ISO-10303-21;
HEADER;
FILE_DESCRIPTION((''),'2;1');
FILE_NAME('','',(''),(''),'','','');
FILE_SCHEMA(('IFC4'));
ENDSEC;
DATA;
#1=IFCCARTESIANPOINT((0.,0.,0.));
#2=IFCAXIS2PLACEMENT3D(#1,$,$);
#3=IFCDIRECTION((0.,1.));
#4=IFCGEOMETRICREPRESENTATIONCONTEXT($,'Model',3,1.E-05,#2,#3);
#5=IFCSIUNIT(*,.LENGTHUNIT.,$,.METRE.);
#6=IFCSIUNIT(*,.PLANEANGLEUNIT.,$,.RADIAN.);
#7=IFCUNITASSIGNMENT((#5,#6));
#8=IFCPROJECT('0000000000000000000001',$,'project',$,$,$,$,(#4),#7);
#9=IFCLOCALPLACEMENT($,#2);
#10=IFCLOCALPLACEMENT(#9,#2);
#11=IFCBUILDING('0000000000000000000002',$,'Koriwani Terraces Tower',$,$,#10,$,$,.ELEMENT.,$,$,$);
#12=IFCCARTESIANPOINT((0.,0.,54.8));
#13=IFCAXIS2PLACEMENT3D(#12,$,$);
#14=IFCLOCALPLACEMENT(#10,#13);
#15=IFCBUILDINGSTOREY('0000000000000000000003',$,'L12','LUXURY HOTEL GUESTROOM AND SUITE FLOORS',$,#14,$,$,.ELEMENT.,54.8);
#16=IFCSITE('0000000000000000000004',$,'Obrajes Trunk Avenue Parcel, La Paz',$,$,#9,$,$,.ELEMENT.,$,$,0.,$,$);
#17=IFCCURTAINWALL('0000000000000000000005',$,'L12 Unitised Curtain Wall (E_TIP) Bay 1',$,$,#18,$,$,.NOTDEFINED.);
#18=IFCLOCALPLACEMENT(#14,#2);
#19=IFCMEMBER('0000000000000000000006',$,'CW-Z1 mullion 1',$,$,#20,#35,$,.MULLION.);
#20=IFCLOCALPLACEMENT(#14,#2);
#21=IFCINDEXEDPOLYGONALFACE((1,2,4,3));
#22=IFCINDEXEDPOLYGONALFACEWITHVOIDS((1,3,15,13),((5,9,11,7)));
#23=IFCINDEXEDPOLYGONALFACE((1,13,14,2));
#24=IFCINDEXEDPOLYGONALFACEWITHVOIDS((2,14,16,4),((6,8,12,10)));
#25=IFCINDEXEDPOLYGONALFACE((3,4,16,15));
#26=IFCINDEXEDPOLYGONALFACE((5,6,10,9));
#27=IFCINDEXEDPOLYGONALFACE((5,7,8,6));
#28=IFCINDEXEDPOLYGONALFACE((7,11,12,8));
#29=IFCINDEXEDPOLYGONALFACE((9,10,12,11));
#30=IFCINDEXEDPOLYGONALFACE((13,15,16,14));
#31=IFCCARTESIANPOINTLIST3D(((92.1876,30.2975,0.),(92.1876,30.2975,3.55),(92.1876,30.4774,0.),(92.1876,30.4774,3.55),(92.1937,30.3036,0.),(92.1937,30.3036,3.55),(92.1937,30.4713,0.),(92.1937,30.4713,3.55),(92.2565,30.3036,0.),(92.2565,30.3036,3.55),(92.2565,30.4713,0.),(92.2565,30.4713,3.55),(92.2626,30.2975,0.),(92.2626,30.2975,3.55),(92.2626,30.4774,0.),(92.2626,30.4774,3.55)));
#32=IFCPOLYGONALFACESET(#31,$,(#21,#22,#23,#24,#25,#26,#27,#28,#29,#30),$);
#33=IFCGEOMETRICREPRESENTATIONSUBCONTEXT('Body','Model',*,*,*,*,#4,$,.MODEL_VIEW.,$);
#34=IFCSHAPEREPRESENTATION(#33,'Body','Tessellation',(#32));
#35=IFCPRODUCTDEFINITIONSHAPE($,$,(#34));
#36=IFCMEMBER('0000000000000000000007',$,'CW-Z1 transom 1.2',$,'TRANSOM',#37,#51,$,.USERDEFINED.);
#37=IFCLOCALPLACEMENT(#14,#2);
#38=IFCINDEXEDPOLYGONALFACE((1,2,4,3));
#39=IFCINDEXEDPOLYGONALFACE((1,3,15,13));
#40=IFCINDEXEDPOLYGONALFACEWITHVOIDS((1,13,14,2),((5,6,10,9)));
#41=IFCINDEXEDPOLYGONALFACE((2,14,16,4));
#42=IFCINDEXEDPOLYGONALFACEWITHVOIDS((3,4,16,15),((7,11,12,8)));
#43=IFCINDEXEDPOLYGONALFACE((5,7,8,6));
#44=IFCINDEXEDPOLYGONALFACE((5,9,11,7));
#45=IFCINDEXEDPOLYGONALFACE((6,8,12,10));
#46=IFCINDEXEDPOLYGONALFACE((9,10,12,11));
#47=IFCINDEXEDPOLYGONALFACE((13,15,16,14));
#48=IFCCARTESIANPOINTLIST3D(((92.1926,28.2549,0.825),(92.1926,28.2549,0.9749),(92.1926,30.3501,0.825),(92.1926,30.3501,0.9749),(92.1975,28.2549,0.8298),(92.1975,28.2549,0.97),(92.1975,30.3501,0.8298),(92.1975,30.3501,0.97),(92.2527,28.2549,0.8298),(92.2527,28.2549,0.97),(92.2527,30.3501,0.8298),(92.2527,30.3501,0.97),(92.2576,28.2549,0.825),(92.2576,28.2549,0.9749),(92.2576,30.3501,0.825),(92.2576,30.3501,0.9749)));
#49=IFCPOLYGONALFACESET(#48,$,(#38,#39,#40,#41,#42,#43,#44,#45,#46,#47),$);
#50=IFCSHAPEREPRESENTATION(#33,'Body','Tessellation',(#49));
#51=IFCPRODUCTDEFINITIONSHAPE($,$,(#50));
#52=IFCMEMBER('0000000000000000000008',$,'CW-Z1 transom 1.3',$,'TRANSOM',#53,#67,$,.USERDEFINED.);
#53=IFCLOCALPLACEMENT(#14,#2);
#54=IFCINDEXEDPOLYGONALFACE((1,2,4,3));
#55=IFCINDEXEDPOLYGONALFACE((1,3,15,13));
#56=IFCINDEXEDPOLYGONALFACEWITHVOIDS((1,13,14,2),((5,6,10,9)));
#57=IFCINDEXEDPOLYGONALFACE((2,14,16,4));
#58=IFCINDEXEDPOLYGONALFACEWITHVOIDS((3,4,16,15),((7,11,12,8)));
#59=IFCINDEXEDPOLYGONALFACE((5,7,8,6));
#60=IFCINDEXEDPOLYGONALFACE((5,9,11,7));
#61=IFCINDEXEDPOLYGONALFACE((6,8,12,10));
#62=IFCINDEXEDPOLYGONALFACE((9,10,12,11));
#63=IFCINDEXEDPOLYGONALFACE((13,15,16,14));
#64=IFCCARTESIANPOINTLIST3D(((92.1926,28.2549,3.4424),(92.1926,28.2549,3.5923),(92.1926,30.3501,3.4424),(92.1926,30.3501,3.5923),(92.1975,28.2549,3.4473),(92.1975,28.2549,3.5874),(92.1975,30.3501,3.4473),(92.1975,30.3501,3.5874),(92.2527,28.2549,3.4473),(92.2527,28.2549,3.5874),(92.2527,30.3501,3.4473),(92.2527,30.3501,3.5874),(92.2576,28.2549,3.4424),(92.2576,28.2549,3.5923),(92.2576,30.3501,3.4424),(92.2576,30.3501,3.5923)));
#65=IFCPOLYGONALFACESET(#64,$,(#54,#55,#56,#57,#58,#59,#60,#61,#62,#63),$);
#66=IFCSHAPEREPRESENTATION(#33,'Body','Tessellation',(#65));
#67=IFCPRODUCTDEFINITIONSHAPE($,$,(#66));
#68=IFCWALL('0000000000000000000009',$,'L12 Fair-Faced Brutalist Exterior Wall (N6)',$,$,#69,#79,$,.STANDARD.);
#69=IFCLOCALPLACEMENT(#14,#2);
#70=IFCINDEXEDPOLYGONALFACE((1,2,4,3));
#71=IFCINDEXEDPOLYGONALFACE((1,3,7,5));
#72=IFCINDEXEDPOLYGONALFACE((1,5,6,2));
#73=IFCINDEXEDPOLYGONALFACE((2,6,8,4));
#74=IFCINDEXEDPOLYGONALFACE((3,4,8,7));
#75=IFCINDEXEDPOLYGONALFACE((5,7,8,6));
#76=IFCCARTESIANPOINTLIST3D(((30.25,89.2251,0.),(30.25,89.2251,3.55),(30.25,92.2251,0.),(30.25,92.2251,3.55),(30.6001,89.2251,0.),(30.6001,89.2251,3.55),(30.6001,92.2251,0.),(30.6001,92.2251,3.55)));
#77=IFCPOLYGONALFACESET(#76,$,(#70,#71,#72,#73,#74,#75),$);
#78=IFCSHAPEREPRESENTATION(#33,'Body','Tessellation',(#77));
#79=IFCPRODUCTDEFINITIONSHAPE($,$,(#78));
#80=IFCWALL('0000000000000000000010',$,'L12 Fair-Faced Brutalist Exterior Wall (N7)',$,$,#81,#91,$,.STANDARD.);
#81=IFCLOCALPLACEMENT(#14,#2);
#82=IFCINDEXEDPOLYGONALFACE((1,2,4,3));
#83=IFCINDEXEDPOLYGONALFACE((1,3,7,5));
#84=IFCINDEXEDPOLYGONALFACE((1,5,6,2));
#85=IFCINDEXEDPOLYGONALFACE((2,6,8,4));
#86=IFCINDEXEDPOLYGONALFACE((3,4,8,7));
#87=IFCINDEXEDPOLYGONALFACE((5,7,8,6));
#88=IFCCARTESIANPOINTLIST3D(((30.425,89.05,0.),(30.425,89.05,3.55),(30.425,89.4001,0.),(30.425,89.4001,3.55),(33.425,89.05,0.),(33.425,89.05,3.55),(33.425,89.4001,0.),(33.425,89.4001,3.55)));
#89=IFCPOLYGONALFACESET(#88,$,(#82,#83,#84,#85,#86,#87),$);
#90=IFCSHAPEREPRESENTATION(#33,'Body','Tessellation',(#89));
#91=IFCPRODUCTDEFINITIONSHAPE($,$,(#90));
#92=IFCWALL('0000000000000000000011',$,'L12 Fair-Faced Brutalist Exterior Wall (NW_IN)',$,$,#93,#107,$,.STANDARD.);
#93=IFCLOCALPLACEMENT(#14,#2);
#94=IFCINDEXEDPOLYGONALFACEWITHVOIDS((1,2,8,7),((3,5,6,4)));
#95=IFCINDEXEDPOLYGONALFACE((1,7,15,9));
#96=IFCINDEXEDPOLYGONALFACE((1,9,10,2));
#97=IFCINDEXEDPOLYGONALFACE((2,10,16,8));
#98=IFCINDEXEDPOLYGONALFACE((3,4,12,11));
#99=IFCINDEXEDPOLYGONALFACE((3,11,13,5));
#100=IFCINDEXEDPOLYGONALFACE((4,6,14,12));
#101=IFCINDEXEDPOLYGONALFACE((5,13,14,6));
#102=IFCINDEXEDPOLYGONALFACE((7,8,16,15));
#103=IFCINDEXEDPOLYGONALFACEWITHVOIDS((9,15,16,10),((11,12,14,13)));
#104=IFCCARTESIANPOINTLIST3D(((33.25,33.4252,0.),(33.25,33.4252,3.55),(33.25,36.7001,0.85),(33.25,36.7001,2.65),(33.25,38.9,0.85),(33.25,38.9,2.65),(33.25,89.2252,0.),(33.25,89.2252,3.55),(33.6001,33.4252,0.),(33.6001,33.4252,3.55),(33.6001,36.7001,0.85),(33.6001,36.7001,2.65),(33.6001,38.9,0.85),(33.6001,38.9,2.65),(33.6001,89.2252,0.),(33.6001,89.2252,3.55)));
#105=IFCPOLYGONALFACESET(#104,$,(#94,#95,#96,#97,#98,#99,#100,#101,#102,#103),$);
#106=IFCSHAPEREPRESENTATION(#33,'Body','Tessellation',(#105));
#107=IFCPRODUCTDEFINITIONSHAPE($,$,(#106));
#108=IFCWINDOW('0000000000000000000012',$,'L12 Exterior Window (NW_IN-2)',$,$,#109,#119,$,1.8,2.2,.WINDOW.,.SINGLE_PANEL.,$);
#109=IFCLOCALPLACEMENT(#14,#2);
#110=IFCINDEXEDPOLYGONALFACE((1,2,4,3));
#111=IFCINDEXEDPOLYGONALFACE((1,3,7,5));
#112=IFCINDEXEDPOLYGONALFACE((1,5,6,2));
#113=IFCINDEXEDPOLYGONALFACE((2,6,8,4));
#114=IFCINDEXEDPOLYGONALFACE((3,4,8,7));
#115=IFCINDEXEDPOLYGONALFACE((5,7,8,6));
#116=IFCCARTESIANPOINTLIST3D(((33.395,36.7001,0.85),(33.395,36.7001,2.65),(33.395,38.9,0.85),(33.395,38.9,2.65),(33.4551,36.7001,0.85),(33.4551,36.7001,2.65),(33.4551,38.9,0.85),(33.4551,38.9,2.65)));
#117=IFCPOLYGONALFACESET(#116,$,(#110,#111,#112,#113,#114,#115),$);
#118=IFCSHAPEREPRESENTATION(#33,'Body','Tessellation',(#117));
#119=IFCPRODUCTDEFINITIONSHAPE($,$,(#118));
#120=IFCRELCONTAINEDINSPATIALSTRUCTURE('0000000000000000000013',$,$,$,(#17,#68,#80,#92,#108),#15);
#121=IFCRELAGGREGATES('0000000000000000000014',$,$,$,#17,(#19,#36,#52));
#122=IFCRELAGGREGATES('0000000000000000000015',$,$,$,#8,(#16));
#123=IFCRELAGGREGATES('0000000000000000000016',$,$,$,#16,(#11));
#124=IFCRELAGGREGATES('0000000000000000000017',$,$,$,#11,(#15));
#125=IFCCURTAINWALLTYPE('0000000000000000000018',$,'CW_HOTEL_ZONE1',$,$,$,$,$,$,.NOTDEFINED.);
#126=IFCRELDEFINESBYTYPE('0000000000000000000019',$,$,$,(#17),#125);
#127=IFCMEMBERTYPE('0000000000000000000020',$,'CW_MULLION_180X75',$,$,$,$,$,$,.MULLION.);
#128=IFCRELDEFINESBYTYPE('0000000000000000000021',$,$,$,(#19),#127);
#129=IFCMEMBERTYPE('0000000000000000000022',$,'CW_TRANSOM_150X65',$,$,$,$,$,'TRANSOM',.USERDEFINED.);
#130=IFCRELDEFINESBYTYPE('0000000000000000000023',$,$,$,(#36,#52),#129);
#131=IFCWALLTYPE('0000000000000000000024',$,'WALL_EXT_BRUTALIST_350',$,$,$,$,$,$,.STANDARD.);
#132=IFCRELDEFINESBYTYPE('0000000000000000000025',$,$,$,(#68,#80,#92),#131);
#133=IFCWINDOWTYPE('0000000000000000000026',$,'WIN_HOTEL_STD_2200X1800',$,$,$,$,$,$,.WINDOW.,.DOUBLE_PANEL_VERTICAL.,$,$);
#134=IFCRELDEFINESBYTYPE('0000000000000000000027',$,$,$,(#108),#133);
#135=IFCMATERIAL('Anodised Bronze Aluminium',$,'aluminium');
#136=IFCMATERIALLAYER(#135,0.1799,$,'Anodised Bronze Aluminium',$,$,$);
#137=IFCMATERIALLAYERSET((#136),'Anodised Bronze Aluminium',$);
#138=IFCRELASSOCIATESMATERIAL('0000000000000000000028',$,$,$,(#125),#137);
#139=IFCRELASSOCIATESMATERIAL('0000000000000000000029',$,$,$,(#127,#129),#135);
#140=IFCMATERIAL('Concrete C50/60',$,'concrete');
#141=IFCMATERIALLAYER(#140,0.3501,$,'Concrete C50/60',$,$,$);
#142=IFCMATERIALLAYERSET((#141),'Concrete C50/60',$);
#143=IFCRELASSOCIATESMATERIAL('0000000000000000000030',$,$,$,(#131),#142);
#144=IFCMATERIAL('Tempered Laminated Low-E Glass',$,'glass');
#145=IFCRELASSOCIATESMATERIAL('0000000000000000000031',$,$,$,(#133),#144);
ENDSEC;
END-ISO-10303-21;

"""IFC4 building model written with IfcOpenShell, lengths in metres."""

from ifc_helpers import new_model, si_unit, direction, frame, frame_2d, origin, origin_2d, place, context, subcontext, project, spatial, rectangle, hollow_rectangle, extrude, material, layer, layer_set, material_profile, profile_set, type_object, element, fill, aggregate, save


model = new_model("IFC4")

# Units and contexts
model_context = context("Model", 3, precision=1e-05, world=origin(), true_north=direction((0.0, 1.0)))
body_context = subcontext(model_context, "Body", "Model", "MODEL_VIEW")
ifc_project = project(units=[si_unit("LENGTHUNIT", "METRE"), si_unit("PLANEANGLEUNIT", "RADIAN")], contexts=[model_context])

# Site, building, storey
site_placement = place(None, origin())
site = spatial("IfcSite", under=ifc_project, at=site_placement, Name="Obrajes Trunk Avenue Parcel, La Paz", CompositionType="ELEMENT", RefElevation=0.0)
building_placement = place(site_placement, origin())
building = spatial("IfcBuilding", under=site, at=building_placement, Name="Koriwani Terraces Tower", CompositionType="ELEMENT")
storey_placement = place(building_placement, frame((0.0, 0.0, 54.8)))
storey = spatial("IfcBuildingStorey", under=building, at=storey_placement, Name="L12", Description="LUXURY HOTEL GUESTROOM AND SUITE FLOORS", CompositionType="ELEMENT", Elevation=54.8)

# Curtain wall, members
ifc_material_1 = material(Name="Anodised Bronze Aluminium", Category="aluminium")
ifc_layer_1 = layer(ifc_material_1, 0.1799, Name="Anodised Bronze Aluminium")
ifc_layer_set_1 = layer_set([ifc_layer_1], Name="Anodised Bronze Aluminium")
curtain_wall_type = type_object("IfcCurtainWallType", Name="CW_HOTEL_ZONE1", PredefinedType="NOTDEFINED", material=ifc_layer_set_1)
curtain_wall_placement = place(storey_placement, origin())
curtain_wall = element("IfcCurtainWall", 1, at=curtain_wall_placement, inside=storey, type_object=curtain_wall_type, Name="L12 Unitised Curtain Wall (E_TIP) Bay 1", PredefinedType="NOTDEFINED")
ifc_material_profile_1 = material_profile(ifc_material_1, hollow_rectangle(XDim=0.075, YDim=0.1799, WallThickness=0.0061, at=origin_2d()), Name="Anodised Bronze Aluminium", Category="LoadBearing")
ifc_profile_set_1 = profile_set([ifc_material_profile_1], Name="Anodised Bronze Aluminium")
member_type_1 = type_object("IfcMemberType", Name="CW_MULLION_180X75", PredefinedType="MULLION", material=ifc_profile_set_1)
member_1_placement = place(storey_placement, frame((92.2251, 30.3875, 0.0), z_axis=(0.0, 0.0, 1.0), x_axis=(1.0, 0.0, 0.0)))
member_1 = element("IfcMember", 2, at=member_1_placement, type_object=member_type_1, Name="CW-Z1 mullion 1", PredefinedType="MULLION", context=body_context, shape_type="SweptSolid", body=[
    extrude(hollow_rectangle(XDim=0.075, YDim=0.1799, WallThickness=0.0061, at=origin_2d()), origin(), (0.0, 0.0, 1.0), 3.55),
])
ifc_material_profile_2 = material_profile(ifc_material_1, hollow_rectangle(XDim=0.0649, YDim=0.1499, WallThickness=0.0049, at=origin_2d()), Name="Anodised Bronze Aluminium", Category="LoadBearing")
ifc_profile_set_2 = profile_set([ifc_material_profile_2], Name="Anodised Bronze Aluminium")
member_type_2 = type_object("IfcMemberType", Name="CW_TRANSOM_150X65", ElementType="TRANSOM", PredefinedType="USERDEFINED", material=ifc_profile_set_2)
member_2_placement = place(storey_placement, frame((92.2251, 30.3501, 0.8999), z_axis=(0.0, -1.0, 0.0), x_axis=(1.0, 0.0, 0.0)))
member_2 = element("IfcMember", 3, at=member_2_placement, type_object=member_type_2, Name="CW-Z1 transom 1.2", ObjectType="TRANSOM", PredefinedType="USERDEFINED", context=body_context, shape_type="SweptSolid", body=[
    extrude(hollow_rectangle(XDim=0.0649, YDim=0.1499, WallThickness=0.0049, at=origin_2d()), origin(), (0.0, 0.0, 1.0), 2.0952),
])
member_3_placement = place(storey_placement, frame((92.2251, 30.3501, 3.5173), z_axis=(0.0, -1.0, 0.0), x_axis=(1.0, 0.0, 0.0)))
member_3 = element("IfcMember", 4, at=member_3_placement, type_object=member_type_2, Name="CW-Z1 transom 1.3", ObjectType="TRANSOM", PredefinedType="USERDEFINED", context=body_context, shape_type="SweptSolid", body=[
    extrude(hollow_rectangle(XDim=0.0649, YDim=0.1499, WallThickness=0.0049, at=origin_2d()), origin(), (0.0, 0.0, 1.0), 2.0952),
])
aggregate(curtain_wall, [member_1, member_2, member_3])

# Walls
ifc_material_2 = material(Name="Concrete C50/60", Category="concrete")
ifc_layer_2 = layer(ifc_material_2, 0.3501, Name="Concrete C50/60")
ifc_layer_set_2 = layer_set([ifc_layer_2], Name="Concrete C50/60")
wall_type = type_object("IfcWallType", Name="WALL_EXT_BRUTALIST_350", PredefinedType="STANDARD", material=ifc_layer_set_2)
for number, where, z_axis, x_axis, name in (
    (5, (30.425, 92.2251, 0.0), (0.0, 0.0, 1.0), (0.0, -1.0, 0.0), "L12 Fair-Faced Brutalist Exterior Wall (N6)"),
    (6, (30.425, 89.2251, 0.0), (0.0, 0.0, 1.0), (1.0, 0.0, 0.0), "L12 Fair-Faced Brutalist Exterior Wall (N7)"),
):
    element("IfcWall", number, at=place(storey_placement, frame(where, z_axis=z_axis, x_axis=x_axis)), inside=storey, type_object=wall_type, Name=name, PredefinedType="STANDARD", context=body_context, shape_type="SweptSolid", body=[
        extrude(rectangle(XDim=3.0, YDim=0.3501, at=frame_2d((1.5, 0.0))), origin(), (0.0, 0.0, 1.0), 3.55),
    ])

# Wall, opening, window
wall_1_placement = place(storey_placement, frame((33.425, 89.2251, 0.0), z_axis=(0.0, 0.0, 1.0), x_axis=(0.0, -1.0, 0.0)))
wall_1 = element("IfcWall", 7, at=wall_1_placement, inside=storey, type_object=wall_type, Name="L12 Fair-Faced Brutalist Exterior Wall (NW_IN)", PredefinedType="STANDARD", context=body_context, shape_type="SweptSolid", body=[
    extrude(rectangle(XDim=55.8, YDim=0.3501, at=frame_2d((27.8999, 0.0))), origin(), (0.0, 0.0, 1.0), 3.55),
])
opening_1_placement = place(wall_1_placement, frame((50.325, 0.0, 0.8501)))
opening_1 = element("IfcOpeningElement", 8, at=opening_1_placement, cuts=wall_1, PredefinedType="OPENING", context=body_context, shape_type="SweptSolid", body=[
    extrude(rectangle(XDim=2.2, YDim=1.8, at=frame_2d((1.1001, 0.8999))), frame((0.0, 0.1851, 0.0), z_axis=(0.0, -1.0, 0.0), x_axis=(1.0, 0.0, 0.0)), (0.0, 0.0, 1.0), 0.3701),
])
ifc_material_3 = material(Name="Tempered Laminated Low-E Glass", Category="glass")
window_type = type_object("IfcWindowType", Name="WIN_HOTEL_STD_2200X1800", PartitioningType="DOUBLE_PANEL_VERTICAL", PredefinedType="WINDOW", material=ifc_material_3)
window_1_placement = place(opening_1_placement, origin())
window_1 = element("IfcWindow", 9, at=window_1_placement, inside=storey, type_object=window_type, Name="L12 Exterior Window (NW_IN-2)", OverallHeight=1.8, OverallWidth=2.2, PartitioningType="SINGLE_PANEL", PredefinedType="WINDOW", context=body_context, shape_type="SweptSolid", body=[
    extrude(rectangle(XDim=2.2, YDim=1.8, at=frame_2d((1.1001, 0.8999))), frame((0.0, 0.03, 0.0), z_axis=(0.0, -1.0, 0.0), x_axis=(1.0, 0.0, 0.0)), (0.0, 0.0, 1.0), 0.0601),
])
fill(opening_1, window_1)

save(model, "model.ifc")
